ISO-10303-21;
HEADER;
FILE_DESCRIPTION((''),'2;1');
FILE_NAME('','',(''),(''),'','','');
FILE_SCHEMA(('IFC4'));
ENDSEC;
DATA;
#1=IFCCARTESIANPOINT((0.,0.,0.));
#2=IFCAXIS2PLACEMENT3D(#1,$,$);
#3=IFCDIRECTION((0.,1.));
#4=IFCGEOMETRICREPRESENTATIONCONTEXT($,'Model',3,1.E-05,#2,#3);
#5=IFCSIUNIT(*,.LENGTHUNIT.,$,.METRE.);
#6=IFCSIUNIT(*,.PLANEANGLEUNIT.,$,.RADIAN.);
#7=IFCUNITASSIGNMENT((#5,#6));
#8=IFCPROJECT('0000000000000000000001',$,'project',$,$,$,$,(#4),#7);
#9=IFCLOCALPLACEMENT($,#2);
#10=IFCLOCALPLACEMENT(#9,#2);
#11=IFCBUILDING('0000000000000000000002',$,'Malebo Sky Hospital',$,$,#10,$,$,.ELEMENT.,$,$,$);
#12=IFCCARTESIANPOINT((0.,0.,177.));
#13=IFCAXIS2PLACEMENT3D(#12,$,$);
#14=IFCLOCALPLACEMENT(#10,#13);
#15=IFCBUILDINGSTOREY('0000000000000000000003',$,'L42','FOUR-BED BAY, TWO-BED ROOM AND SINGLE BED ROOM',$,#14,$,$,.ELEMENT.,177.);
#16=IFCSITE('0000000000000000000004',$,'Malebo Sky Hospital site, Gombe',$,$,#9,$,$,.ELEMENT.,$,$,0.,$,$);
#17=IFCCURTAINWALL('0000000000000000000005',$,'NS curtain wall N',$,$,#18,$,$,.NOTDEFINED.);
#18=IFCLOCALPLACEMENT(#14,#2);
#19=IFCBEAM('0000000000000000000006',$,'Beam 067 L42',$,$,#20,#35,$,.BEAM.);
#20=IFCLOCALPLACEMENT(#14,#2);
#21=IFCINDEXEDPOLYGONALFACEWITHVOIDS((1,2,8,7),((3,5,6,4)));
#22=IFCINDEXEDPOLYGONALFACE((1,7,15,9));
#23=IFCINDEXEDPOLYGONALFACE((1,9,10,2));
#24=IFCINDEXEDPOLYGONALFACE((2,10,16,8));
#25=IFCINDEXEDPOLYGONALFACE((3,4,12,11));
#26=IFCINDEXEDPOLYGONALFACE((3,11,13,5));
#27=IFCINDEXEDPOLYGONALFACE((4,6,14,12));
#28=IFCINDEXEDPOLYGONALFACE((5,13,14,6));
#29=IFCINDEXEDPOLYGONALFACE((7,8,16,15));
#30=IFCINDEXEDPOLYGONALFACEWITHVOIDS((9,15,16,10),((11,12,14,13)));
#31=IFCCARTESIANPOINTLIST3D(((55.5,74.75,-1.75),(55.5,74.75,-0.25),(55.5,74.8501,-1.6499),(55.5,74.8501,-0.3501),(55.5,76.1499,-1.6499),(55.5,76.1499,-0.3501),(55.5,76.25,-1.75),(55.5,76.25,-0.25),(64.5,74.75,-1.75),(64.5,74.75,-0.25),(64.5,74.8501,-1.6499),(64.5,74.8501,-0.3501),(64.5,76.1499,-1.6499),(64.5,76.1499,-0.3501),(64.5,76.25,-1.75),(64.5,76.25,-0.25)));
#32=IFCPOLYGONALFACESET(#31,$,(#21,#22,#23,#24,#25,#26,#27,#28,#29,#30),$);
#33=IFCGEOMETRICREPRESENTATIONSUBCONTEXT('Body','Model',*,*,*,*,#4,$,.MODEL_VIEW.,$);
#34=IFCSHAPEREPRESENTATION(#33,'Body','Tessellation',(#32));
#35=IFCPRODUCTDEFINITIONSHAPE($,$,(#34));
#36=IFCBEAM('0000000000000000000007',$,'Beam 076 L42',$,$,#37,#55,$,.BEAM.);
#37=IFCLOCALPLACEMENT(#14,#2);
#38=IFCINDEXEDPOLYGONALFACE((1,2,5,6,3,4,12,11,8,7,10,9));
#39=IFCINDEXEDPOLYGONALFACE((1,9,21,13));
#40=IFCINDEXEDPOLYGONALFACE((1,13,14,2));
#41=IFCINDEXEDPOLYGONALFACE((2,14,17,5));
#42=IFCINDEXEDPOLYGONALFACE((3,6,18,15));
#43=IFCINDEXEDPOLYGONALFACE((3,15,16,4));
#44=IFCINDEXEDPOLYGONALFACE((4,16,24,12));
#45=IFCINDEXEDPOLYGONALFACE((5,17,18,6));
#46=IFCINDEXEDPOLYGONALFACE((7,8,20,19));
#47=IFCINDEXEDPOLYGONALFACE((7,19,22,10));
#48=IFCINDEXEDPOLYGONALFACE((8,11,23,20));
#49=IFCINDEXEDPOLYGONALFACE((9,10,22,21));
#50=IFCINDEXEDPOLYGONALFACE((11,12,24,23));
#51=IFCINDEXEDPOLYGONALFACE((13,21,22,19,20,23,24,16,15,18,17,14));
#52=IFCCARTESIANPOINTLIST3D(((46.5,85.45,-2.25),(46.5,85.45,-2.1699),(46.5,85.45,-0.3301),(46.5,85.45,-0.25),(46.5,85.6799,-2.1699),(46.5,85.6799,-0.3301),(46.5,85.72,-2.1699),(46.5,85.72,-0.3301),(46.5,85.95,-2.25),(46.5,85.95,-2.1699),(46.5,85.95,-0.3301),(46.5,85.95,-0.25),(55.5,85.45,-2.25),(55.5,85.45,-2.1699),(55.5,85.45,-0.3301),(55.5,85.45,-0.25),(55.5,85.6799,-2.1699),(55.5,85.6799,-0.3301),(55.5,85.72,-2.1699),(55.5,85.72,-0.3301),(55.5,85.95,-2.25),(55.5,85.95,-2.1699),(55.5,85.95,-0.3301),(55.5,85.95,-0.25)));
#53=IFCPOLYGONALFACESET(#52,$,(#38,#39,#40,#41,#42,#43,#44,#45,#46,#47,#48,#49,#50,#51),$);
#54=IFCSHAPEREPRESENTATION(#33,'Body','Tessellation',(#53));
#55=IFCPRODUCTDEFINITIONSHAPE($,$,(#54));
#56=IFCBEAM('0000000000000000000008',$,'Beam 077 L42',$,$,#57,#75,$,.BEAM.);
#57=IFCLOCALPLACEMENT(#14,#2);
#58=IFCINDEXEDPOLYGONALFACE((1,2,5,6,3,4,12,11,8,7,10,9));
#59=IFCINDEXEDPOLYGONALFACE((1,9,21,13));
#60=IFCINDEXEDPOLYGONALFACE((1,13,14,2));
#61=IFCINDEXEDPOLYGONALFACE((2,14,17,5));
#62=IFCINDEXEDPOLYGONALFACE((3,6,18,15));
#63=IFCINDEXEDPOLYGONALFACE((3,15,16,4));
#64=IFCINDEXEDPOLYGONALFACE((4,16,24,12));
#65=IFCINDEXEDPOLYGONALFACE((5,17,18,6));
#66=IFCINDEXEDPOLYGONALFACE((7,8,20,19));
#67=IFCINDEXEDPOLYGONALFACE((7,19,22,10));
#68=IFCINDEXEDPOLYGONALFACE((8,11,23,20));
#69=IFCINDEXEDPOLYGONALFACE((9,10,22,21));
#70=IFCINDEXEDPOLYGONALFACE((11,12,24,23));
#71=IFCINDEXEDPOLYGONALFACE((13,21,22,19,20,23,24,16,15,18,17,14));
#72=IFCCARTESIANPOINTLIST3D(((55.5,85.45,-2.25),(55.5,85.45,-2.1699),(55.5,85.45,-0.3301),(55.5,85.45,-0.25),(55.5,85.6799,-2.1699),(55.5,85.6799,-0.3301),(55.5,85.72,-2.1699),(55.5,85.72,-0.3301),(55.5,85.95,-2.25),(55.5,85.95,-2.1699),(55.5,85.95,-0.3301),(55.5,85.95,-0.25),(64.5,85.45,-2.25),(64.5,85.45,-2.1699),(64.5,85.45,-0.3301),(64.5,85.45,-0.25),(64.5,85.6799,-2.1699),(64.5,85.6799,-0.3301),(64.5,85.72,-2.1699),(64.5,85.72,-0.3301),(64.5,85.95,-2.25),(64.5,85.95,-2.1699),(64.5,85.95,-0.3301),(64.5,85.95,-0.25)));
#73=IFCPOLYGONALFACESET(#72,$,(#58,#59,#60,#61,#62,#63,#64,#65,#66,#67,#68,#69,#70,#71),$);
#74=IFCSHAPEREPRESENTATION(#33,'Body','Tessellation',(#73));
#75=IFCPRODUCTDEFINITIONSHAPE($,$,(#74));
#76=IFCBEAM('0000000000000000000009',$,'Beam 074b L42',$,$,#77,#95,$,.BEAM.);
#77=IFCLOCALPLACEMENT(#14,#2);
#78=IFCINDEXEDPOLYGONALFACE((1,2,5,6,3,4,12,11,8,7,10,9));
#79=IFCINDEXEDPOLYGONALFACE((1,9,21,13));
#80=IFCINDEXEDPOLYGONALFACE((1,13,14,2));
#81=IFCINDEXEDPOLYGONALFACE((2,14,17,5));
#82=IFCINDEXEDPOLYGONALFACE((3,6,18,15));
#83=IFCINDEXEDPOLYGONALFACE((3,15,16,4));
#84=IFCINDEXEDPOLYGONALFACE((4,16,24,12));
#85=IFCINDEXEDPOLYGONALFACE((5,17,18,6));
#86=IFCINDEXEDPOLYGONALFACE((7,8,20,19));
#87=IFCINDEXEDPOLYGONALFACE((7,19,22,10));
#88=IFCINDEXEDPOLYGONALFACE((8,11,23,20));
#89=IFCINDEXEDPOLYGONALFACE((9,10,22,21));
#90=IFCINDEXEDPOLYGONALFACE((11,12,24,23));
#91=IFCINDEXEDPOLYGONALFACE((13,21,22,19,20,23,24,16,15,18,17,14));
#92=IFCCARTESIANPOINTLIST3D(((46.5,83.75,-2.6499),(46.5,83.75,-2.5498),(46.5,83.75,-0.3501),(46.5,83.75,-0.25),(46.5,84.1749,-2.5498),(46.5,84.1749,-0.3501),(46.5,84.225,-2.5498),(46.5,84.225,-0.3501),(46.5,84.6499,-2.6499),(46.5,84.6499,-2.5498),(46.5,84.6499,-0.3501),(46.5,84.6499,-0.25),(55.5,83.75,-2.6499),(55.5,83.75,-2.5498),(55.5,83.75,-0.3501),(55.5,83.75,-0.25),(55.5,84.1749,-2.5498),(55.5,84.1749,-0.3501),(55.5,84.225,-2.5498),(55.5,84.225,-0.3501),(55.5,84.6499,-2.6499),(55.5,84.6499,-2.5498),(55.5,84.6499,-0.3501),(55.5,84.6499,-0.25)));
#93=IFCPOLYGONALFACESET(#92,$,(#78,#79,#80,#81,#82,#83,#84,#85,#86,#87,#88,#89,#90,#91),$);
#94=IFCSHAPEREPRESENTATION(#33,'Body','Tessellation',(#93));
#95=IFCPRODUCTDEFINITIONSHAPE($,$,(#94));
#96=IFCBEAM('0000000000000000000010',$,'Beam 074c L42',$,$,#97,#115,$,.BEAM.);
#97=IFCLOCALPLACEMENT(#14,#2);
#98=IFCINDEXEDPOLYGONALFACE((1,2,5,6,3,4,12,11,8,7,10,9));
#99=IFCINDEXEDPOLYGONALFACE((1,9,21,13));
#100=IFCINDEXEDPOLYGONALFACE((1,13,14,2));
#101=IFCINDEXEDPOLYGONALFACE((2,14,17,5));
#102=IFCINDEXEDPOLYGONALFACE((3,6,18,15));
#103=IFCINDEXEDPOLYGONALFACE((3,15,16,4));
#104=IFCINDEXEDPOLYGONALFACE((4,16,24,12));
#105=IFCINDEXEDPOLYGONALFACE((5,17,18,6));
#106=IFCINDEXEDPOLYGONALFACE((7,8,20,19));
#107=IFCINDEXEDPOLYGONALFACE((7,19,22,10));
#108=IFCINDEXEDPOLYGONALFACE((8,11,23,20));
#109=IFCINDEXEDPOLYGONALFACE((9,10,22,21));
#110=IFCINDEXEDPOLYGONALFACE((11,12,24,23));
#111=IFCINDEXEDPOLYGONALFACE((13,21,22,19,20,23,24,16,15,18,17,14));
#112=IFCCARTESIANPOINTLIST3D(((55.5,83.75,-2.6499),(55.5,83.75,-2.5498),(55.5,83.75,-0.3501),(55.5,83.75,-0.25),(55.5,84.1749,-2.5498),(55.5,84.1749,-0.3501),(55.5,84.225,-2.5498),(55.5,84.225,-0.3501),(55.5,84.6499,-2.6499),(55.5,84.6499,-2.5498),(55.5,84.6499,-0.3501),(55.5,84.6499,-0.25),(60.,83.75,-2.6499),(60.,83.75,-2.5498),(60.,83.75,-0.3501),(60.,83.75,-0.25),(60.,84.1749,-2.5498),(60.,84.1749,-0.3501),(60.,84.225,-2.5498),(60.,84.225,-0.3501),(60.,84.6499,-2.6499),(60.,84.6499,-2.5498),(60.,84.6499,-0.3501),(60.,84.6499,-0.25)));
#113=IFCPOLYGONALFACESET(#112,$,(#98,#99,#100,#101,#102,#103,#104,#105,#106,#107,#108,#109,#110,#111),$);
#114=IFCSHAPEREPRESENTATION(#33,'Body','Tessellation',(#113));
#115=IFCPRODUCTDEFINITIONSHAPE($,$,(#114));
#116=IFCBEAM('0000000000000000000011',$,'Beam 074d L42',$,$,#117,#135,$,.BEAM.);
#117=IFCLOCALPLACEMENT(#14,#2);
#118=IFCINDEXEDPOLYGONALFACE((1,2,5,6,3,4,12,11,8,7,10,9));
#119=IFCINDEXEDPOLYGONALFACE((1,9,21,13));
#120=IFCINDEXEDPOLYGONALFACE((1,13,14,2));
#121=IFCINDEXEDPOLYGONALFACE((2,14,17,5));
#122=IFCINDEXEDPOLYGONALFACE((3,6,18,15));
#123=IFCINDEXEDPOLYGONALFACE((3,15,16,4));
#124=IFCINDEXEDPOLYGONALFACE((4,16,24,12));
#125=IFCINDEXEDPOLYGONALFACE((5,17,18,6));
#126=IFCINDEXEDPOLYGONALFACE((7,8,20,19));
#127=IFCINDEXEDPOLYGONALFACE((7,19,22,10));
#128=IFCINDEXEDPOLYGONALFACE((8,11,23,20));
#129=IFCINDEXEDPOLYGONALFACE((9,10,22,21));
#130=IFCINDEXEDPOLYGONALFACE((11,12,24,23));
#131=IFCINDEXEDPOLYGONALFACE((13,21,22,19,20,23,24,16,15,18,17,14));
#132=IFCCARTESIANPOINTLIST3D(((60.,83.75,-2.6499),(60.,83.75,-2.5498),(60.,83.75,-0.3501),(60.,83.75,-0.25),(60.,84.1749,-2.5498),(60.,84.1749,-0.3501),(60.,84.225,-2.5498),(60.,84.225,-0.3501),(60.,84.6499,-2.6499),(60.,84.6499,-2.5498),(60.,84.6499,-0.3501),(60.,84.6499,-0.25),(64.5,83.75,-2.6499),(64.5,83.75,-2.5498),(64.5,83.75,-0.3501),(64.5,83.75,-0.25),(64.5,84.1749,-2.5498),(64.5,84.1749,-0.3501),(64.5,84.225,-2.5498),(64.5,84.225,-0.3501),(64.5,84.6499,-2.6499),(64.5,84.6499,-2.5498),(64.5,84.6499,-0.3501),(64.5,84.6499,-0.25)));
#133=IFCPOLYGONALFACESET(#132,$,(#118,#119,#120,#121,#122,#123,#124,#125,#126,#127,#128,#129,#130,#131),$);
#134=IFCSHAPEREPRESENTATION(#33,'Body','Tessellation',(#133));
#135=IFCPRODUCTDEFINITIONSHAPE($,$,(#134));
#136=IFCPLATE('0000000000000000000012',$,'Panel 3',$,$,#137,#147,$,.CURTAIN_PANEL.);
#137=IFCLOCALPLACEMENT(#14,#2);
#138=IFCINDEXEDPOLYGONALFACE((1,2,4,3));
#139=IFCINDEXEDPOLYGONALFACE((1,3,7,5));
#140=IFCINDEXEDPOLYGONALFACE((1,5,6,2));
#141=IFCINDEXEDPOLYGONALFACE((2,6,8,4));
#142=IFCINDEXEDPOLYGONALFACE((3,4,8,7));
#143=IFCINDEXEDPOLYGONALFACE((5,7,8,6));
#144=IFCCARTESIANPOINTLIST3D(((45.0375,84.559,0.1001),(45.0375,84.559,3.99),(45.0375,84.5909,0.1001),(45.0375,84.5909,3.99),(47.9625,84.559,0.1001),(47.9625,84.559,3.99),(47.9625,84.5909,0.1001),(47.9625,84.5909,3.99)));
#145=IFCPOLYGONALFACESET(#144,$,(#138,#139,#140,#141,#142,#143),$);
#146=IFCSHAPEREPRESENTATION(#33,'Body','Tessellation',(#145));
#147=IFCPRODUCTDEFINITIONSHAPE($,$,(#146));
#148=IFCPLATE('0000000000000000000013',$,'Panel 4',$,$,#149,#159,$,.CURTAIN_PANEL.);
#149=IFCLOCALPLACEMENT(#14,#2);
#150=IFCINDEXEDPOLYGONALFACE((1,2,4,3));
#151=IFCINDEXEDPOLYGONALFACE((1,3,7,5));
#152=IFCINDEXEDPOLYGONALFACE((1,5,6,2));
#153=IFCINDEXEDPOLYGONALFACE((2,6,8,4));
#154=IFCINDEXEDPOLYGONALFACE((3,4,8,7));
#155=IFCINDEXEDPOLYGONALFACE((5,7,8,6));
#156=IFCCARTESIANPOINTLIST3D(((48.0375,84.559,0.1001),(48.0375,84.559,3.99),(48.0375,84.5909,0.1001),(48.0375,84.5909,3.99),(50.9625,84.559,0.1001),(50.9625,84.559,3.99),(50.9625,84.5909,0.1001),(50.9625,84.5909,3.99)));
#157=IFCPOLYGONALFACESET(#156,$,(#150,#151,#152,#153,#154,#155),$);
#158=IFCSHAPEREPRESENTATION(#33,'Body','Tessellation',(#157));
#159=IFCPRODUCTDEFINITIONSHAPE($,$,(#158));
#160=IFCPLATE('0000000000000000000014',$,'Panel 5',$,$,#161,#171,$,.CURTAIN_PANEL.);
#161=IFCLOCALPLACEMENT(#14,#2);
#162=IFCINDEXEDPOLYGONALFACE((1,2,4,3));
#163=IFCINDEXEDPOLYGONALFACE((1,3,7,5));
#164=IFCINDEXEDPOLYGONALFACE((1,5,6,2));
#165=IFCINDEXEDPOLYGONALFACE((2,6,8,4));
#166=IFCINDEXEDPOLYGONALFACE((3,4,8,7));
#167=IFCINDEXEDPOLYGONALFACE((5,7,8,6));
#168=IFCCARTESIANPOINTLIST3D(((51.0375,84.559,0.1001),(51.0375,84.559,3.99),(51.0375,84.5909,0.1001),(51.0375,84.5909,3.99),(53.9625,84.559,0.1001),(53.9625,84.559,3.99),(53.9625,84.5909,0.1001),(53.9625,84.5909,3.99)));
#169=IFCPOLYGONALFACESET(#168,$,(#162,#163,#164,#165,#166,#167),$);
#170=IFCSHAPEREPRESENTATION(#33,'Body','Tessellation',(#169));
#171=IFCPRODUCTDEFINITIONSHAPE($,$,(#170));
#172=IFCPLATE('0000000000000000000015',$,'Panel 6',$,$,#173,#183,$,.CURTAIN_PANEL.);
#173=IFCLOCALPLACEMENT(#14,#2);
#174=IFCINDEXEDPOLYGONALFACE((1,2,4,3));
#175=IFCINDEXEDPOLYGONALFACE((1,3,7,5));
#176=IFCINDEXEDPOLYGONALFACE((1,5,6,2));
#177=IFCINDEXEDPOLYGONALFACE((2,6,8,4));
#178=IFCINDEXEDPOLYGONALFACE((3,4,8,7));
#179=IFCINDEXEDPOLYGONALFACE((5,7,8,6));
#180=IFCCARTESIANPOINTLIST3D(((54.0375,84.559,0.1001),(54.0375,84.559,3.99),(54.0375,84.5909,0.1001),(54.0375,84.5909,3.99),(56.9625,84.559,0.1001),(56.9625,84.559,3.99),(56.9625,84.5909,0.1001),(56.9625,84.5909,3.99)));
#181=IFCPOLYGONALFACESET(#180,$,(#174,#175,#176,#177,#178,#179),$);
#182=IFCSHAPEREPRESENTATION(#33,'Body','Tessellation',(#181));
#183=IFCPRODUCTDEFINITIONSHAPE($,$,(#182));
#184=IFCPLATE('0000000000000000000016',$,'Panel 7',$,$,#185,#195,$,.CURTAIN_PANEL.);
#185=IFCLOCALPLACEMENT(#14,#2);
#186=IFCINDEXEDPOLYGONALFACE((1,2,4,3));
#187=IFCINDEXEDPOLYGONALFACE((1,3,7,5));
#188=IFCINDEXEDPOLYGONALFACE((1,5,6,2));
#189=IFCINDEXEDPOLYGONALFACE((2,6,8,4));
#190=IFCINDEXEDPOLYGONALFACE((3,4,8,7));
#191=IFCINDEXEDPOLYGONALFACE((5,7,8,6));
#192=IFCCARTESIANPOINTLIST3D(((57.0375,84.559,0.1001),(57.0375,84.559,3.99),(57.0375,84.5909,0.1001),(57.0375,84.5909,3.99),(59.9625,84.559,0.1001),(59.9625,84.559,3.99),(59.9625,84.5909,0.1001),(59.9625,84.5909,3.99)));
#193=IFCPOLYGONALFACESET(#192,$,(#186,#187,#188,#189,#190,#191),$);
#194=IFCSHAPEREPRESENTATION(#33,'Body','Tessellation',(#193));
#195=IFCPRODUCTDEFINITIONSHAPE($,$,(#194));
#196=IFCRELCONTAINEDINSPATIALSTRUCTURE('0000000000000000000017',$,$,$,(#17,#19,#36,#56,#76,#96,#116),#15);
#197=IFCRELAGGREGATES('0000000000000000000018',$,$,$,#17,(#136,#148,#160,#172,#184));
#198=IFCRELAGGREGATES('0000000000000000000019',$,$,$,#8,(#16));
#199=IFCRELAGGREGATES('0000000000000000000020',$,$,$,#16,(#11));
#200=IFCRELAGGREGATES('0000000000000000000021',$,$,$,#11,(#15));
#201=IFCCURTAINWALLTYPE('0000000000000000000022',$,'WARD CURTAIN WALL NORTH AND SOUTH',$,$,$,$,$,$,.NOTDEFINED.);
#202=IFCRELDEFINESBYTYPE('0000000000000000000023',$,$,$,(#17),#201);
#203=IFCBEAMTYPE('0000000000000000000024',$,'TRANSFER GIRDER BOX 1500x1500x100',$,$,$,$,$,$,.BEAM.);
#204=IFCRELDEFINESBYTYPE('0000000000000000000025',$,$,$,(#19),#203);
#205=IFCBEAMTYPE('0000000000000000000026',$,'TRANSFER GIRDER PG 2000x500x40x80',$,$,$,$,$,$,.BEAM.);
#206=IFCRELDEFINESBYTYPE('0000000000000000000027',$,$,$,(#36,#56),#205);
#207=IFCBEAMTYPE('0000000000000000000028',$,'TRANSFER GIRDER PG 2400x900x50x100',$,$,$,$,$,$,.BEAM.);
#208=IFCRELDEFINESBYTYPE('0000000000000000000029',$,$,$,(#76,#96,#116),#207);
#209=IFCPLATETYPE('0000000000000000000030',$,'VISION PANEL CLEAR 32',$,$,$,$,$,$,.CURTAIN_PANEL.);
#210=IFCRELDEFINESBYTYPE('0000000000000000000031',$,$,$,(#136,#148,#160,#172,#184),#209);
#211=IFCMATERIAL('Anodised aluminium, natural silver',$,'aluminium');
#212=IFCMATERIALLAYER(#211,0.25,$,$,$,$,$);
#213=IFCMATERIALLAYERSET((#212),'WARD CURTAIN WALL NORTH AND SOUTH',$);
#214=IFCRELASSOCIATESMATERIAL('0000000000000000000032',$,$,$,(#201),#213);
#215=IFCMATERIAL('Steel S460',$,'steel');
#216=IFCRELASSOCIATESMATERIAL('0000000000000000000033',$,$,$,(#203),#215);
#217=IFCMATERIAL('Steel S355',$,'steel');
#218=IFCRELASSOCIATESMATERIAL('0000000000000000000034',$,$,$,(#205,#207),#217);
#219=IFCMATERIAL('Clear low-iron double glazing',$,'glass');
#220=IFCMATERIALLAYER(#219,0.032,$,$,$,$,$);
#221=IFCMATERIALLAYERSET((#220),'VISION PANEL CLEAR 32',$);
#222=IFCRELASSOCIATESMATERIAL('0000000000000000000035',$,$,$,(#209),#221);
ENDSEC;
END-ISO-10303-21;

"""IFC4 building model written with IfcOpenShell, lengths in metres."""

from ifc_helpers import new_model, si_unit, direction, frame, origin, origin_2d, place, context, subcontext, project, spatial, rectangle, hollow_rectangle, i_section, extrude, material, layer, layer_set, material_profile, profile_set, type_object, element, aggregate, save


model = new_model("IFC4")

# Units and contexts
model_context = context("Model", 3, precision=1e-05, world=origin(), true_north=direction((0.0, 1.0)))
body_context = subcontext(model_context, "Body", "Model", "MODEL_VIEW")
ifc_project = project(units=[si_unit("LENGTHUNIT", "METRE"), si_unit("PLANEANGLEUNIT", "RADIAN")], contexts=[model_context])

# Site, building, storey
site_placement = place(None, origin())
site = spatial("IfcSite", under=ifc_project, at=site_placement, Name="Malebo Sky Hospital site, Gombe", CompositionType="ELEMENT", RefElevation=0.0)
building_placement = place(site_placement, origin())
building = spatial("IfcBuilding", under=site, at=building_placement, Name="Malebo Sky Hospital", CompositionType="ELEMENT")
storey_placement = place(building_placement, frame((0.0, 0.0, 177.0)))
storey = spatial("IfcBuildingStorey", under=building, at=storey_placement, Name="L42", Description="FOUR-BED BAY, TWO-BED ROOM AND SINGLE BED ROOM", CompositionType="ELEMENT", Elevation=177.0)

# Shared definitions
ifc_material_1 = material(Name="Steel S460", Category="steel")

# Curtain wall
ifc_material_2 = material(Name="Anodised aluminium, natural silver", Category="aluminium")
ifc_layer_1 = layer(ifc_material_2, 0.25)
ifc_layer_set_1 = layer_set([ifc_layer_1], Name="WARD CURTAIN WALL NORTH AND SOUTH")
curtain_wall_type = type_object("IfcCurtainWallType", Name="WARD CURTAIN WALL NORTH AND SOUTH", PredefinedType="NOTDEFINED", material=ifc_layer_set_1)
curtain_wall_placement = place(storey_placement, origin())
curtain_wall = element("IfcCurtainWall", 1, at=curtain_wall_placement, inside=storey, type_object=curtain_wall_type, Name="NS curtain wall N", PredefinedType="NOTDEFINED")

# Beams
ifc_material_profile_1 = material_profile(ifc_material_1, hollow_rectangle(XDim=1.5, YDim=1.5, WallThickness=0.1001, at=origin_2d()), Name="BOX 1500x1500x100")
ifc_profile_set_1 = profile_set([ifc_material_profile_1], Name="Steel S460")
beam_type_1 = type_object("IfcBeamType", Name="TRANSFER GIRDER BOX 1500x1500x100", PredefinedType="BEAM", material=ifc_profile_set_1)
beam_1_placement = place(storey_placement, frame((55.5, 75.5, -1.0), z_axis=(1.0, 0.0, 0.0), x_axis=(0.0, 1.0, 0.0)))
element("IfcBeam", 2, at=beam_1_placement, inside=storey, type_object=beam_type_1, Name="Beam 067 L42", PredefinedType="BEAM", context=body_context, shape_type="SweptSolid", body=[
    extrude(hollow_rectangle(XDim=1.5, YDim=1.5, WallThickness=0.1001, at=origin_2d()), origin(), (0.0, 0.0, 1.0), 9.0),
])
ifc_material_3 = material(Name="Steel S355", Category="steel")
ifc_material_profile_2 = material_profile(ifc_material_3, i_section(OverallWidth=0.5, OverallDepth=2.0, WebThickness=0.04, FlangeThickness=0.0801, at=origin_2d()), Name="PG 2000x500x40x80")
ifc_profile_set_2 = profile_set([ifc_material_profile_2], Name="Steel S355")
beam_type_2 = type_object("IfcBeamType", Name="TRANSFER GIRDER PG 2000x500x40x80", PredefinedType="BEAM", material=ifc_profile_set_2)
for number, where, z_axis, x_axis, name in (
    (3, (46.5, 85.7, -1.25), (1.0, 0.0, 0.0), (0.0, 1.0, 0.0), "Beam 076 L42"),
    (4, (55.5, 85.7, -1.25), (1.0, 0.0, 0.0), (0.0, 1.0, 0.0), "Beam 077 L42"),
):
    element("IfcBeam", number, at=place(storey_placement, frame(where, z_axis=z_axis, x_axis=x_axis)), inside=storey, type_object=beam_type_2, Name=name, PredefinedType="BEAM", context=body_context, shape_type="SweptSolid", body=[
        extrude(i_section(OverallWidth=0.5, OverallDepth=2.0, WebThickness=0.04, FlangeThickness=0.0801, at=origin_2d()), origin(), (0.0, 0.0, 1.0), 9.0),
    ])
ifc_material_profile_3 = material_profile(ifc_material_3, i_section(OverallWidth=0.8999, OverallDepth=2.3999, WebThickness=0.05, FlangeThickness=0.1001, at=origin_2d()), Name="PG 2400x900x50x100")
ifc_profile_set_3 = profile_set([ifc_material_profile_3], Name="Steel S355")
beam_type_3 = type_object("IfcBeamType", Name="TRANSFER GIRDER PG 2400x900x50x100", PredefinedType="BEAM", material=ifc_profile_set_3)
beam_2_placement = place(storey_placement, frame((46.5, 84.2, -1.45), z_axis=(1.0, 0.0, 0.0), x_axis=(0.0, 1.0, 0.0)))
element("IfcBeam", 5, at=beam_2_placement, inside=storey, type_object=beam_type_3, Name="Beam 074b L42", PredefinedType="BEAM", context=body_context, shape_type="SweptSolid", body=[
    extrude(i_section(OverallWidth=0.8999, OverallDepth=2.3999, WebThickness=0.05, FlangeThickness=0.1001, at=origin_2d()), origin(), (0.0, 0.0, 1.0), 9.0),
])
for number, where, z_axis, x_axis, name in (
    (6, (55.5, 84.2, -1.45), (1.0, 0.0, 0.0), (0.0, 1.0, 0.0), "Beam 074c L42"),
    (7, (60.0, 84.2, -1.45), (1.0, 0.0, 0.0), (0.0, 1.0, 0.0), "Beam 074d L42"),
):
    element("IfcBeam", number, at=place(storey_placement, frame(where, z_axis=z_axis, x_axis=x_axis)), inside=storey, type_object=beam_type_3, Name=name, PredefinedType="BEAM", context=body_context, shape_type="SweptSolid", body=[
        extrude(i_section(OverallWidth=0.8999, OverallDepth=2.3999, WebThickness=0.05, FlangeThickness=0.1001, at=origin_2d()), origin(), (0.0, 0.0, 1.0), 4.5),
    ])

# Plates
ifc_material_4 = material(Name="Clear low-iron double glazing", Category="glass")
ifc_layer_2 = layer(ifc_material_4, 0.032)
ifc_layer_set_2 = layer_set([ifc_layer_2], Name="VISION PANEL CLEAR 32")
plate_type = type_object("IfcPlateType", Name="VISION PANEL CLEAR 32", PredefinedType="CURTAIN_PANEL", material=ifc_layer_set_2)
plate_1_placement = place(storey_placement, frame((46.5, 84.575, 0.1001), z_axis=(0.0, 0.0, 1.0), x_axis=(1.0, 0.0, 0.0)))
plate_1 = element("IfcPlate", 8, at=plate_1_placement, type_object=plate_type, Name="Panel 3", PredefinedType="CURTAIN_PANEL", context=body_context, shape_type="SweptSolid", body=[
    extrude(rectangle(XDim=2.925, YDim=0.032, at=origin_2d()), origin(), (0.0, 0.0, 1.0), 3.8899),
])
plate_2_placement = place(storey_placement, frame((49.5, 84.575, 0.1001), z_axis=(0.0, 0.0, 1.0), x_axis=(1.0, 0.0, 0.0)))
plate_2 = element("IfcPlate", 9, at=plate_2_placement, type_object=plate_type, Name="Panel 4", PredefinedType="CURTAIN_PANEL", context=body_context, shape_type="SweptSolid", body=[
    extrude(rectangle(XDim=2.925, YDim=0.032, at=origin_2d()), origin(), (0.0, 0.0, 1.0), 3.8899),
])
plate_3_placement = place(storey_placement, frame((52.5, 84.575, 0.1001), z_axis=(0.0, 0.0, 1.0), x_axis=(1.0, 0.0, 0.0)))
plate_3 = element("IfcPlate", 10, at=plate_3_placement, type_object=plate_type, Name="Panel 5", PredefinedType="CURTAIN_PANEL", context=body_context, shape_type="SweptSolid", body=[
    extrude(rectangle(XDim=2.925, YDim=0.032, at=origin_2d()), origin(), (0.0, 0.0, 1.0), 3.8899),
])
plate_4_placement = place(storey_placement, frame((55.5, 84.575, 0.1001), z_axis=(0.0, 0.0, 1.0), x_axis=(1.0, 0.0, 0.0)))
plate_4 = element("IfcPlate", 11, at=plate_4_placement, type_object=plate_type, Name="Panel 6", PredefinedType="CURTAIN_PANEL", context=body_context, shape_type="SweptSolid", body=[
    extrude(rectangle(XDim=2.925, YDim=0.032, at=origin_2d()), origin(), (0.0, 0.0, 1.0), 3.8899),
])
plate_5_placement = place(storey_placement, frame((58.5, 84.575, 0.1001), z_axis=(0.0, 0.0, 1.0), x_axis=(1.0, 0.0, 0.0)))
plate_5 = element("IfcPlate", 12, at=plate_5_placement, type_object=plate_type, Name="Panel 7", PredefinedType="CURTAIN_PANEL", context=body_context, shape_type="SweptSolid", body=[
    extrude(rectangle(XDim=2.925, YDim=0.032, at=origin_2d()), origin(), (0.0, 0.0, 1.0), 3.8899),
])
aggregate(curtain_wall, [plate_1, plate_2, plate_3, plate_4, plate_5])

save(model, "model.ifc")
